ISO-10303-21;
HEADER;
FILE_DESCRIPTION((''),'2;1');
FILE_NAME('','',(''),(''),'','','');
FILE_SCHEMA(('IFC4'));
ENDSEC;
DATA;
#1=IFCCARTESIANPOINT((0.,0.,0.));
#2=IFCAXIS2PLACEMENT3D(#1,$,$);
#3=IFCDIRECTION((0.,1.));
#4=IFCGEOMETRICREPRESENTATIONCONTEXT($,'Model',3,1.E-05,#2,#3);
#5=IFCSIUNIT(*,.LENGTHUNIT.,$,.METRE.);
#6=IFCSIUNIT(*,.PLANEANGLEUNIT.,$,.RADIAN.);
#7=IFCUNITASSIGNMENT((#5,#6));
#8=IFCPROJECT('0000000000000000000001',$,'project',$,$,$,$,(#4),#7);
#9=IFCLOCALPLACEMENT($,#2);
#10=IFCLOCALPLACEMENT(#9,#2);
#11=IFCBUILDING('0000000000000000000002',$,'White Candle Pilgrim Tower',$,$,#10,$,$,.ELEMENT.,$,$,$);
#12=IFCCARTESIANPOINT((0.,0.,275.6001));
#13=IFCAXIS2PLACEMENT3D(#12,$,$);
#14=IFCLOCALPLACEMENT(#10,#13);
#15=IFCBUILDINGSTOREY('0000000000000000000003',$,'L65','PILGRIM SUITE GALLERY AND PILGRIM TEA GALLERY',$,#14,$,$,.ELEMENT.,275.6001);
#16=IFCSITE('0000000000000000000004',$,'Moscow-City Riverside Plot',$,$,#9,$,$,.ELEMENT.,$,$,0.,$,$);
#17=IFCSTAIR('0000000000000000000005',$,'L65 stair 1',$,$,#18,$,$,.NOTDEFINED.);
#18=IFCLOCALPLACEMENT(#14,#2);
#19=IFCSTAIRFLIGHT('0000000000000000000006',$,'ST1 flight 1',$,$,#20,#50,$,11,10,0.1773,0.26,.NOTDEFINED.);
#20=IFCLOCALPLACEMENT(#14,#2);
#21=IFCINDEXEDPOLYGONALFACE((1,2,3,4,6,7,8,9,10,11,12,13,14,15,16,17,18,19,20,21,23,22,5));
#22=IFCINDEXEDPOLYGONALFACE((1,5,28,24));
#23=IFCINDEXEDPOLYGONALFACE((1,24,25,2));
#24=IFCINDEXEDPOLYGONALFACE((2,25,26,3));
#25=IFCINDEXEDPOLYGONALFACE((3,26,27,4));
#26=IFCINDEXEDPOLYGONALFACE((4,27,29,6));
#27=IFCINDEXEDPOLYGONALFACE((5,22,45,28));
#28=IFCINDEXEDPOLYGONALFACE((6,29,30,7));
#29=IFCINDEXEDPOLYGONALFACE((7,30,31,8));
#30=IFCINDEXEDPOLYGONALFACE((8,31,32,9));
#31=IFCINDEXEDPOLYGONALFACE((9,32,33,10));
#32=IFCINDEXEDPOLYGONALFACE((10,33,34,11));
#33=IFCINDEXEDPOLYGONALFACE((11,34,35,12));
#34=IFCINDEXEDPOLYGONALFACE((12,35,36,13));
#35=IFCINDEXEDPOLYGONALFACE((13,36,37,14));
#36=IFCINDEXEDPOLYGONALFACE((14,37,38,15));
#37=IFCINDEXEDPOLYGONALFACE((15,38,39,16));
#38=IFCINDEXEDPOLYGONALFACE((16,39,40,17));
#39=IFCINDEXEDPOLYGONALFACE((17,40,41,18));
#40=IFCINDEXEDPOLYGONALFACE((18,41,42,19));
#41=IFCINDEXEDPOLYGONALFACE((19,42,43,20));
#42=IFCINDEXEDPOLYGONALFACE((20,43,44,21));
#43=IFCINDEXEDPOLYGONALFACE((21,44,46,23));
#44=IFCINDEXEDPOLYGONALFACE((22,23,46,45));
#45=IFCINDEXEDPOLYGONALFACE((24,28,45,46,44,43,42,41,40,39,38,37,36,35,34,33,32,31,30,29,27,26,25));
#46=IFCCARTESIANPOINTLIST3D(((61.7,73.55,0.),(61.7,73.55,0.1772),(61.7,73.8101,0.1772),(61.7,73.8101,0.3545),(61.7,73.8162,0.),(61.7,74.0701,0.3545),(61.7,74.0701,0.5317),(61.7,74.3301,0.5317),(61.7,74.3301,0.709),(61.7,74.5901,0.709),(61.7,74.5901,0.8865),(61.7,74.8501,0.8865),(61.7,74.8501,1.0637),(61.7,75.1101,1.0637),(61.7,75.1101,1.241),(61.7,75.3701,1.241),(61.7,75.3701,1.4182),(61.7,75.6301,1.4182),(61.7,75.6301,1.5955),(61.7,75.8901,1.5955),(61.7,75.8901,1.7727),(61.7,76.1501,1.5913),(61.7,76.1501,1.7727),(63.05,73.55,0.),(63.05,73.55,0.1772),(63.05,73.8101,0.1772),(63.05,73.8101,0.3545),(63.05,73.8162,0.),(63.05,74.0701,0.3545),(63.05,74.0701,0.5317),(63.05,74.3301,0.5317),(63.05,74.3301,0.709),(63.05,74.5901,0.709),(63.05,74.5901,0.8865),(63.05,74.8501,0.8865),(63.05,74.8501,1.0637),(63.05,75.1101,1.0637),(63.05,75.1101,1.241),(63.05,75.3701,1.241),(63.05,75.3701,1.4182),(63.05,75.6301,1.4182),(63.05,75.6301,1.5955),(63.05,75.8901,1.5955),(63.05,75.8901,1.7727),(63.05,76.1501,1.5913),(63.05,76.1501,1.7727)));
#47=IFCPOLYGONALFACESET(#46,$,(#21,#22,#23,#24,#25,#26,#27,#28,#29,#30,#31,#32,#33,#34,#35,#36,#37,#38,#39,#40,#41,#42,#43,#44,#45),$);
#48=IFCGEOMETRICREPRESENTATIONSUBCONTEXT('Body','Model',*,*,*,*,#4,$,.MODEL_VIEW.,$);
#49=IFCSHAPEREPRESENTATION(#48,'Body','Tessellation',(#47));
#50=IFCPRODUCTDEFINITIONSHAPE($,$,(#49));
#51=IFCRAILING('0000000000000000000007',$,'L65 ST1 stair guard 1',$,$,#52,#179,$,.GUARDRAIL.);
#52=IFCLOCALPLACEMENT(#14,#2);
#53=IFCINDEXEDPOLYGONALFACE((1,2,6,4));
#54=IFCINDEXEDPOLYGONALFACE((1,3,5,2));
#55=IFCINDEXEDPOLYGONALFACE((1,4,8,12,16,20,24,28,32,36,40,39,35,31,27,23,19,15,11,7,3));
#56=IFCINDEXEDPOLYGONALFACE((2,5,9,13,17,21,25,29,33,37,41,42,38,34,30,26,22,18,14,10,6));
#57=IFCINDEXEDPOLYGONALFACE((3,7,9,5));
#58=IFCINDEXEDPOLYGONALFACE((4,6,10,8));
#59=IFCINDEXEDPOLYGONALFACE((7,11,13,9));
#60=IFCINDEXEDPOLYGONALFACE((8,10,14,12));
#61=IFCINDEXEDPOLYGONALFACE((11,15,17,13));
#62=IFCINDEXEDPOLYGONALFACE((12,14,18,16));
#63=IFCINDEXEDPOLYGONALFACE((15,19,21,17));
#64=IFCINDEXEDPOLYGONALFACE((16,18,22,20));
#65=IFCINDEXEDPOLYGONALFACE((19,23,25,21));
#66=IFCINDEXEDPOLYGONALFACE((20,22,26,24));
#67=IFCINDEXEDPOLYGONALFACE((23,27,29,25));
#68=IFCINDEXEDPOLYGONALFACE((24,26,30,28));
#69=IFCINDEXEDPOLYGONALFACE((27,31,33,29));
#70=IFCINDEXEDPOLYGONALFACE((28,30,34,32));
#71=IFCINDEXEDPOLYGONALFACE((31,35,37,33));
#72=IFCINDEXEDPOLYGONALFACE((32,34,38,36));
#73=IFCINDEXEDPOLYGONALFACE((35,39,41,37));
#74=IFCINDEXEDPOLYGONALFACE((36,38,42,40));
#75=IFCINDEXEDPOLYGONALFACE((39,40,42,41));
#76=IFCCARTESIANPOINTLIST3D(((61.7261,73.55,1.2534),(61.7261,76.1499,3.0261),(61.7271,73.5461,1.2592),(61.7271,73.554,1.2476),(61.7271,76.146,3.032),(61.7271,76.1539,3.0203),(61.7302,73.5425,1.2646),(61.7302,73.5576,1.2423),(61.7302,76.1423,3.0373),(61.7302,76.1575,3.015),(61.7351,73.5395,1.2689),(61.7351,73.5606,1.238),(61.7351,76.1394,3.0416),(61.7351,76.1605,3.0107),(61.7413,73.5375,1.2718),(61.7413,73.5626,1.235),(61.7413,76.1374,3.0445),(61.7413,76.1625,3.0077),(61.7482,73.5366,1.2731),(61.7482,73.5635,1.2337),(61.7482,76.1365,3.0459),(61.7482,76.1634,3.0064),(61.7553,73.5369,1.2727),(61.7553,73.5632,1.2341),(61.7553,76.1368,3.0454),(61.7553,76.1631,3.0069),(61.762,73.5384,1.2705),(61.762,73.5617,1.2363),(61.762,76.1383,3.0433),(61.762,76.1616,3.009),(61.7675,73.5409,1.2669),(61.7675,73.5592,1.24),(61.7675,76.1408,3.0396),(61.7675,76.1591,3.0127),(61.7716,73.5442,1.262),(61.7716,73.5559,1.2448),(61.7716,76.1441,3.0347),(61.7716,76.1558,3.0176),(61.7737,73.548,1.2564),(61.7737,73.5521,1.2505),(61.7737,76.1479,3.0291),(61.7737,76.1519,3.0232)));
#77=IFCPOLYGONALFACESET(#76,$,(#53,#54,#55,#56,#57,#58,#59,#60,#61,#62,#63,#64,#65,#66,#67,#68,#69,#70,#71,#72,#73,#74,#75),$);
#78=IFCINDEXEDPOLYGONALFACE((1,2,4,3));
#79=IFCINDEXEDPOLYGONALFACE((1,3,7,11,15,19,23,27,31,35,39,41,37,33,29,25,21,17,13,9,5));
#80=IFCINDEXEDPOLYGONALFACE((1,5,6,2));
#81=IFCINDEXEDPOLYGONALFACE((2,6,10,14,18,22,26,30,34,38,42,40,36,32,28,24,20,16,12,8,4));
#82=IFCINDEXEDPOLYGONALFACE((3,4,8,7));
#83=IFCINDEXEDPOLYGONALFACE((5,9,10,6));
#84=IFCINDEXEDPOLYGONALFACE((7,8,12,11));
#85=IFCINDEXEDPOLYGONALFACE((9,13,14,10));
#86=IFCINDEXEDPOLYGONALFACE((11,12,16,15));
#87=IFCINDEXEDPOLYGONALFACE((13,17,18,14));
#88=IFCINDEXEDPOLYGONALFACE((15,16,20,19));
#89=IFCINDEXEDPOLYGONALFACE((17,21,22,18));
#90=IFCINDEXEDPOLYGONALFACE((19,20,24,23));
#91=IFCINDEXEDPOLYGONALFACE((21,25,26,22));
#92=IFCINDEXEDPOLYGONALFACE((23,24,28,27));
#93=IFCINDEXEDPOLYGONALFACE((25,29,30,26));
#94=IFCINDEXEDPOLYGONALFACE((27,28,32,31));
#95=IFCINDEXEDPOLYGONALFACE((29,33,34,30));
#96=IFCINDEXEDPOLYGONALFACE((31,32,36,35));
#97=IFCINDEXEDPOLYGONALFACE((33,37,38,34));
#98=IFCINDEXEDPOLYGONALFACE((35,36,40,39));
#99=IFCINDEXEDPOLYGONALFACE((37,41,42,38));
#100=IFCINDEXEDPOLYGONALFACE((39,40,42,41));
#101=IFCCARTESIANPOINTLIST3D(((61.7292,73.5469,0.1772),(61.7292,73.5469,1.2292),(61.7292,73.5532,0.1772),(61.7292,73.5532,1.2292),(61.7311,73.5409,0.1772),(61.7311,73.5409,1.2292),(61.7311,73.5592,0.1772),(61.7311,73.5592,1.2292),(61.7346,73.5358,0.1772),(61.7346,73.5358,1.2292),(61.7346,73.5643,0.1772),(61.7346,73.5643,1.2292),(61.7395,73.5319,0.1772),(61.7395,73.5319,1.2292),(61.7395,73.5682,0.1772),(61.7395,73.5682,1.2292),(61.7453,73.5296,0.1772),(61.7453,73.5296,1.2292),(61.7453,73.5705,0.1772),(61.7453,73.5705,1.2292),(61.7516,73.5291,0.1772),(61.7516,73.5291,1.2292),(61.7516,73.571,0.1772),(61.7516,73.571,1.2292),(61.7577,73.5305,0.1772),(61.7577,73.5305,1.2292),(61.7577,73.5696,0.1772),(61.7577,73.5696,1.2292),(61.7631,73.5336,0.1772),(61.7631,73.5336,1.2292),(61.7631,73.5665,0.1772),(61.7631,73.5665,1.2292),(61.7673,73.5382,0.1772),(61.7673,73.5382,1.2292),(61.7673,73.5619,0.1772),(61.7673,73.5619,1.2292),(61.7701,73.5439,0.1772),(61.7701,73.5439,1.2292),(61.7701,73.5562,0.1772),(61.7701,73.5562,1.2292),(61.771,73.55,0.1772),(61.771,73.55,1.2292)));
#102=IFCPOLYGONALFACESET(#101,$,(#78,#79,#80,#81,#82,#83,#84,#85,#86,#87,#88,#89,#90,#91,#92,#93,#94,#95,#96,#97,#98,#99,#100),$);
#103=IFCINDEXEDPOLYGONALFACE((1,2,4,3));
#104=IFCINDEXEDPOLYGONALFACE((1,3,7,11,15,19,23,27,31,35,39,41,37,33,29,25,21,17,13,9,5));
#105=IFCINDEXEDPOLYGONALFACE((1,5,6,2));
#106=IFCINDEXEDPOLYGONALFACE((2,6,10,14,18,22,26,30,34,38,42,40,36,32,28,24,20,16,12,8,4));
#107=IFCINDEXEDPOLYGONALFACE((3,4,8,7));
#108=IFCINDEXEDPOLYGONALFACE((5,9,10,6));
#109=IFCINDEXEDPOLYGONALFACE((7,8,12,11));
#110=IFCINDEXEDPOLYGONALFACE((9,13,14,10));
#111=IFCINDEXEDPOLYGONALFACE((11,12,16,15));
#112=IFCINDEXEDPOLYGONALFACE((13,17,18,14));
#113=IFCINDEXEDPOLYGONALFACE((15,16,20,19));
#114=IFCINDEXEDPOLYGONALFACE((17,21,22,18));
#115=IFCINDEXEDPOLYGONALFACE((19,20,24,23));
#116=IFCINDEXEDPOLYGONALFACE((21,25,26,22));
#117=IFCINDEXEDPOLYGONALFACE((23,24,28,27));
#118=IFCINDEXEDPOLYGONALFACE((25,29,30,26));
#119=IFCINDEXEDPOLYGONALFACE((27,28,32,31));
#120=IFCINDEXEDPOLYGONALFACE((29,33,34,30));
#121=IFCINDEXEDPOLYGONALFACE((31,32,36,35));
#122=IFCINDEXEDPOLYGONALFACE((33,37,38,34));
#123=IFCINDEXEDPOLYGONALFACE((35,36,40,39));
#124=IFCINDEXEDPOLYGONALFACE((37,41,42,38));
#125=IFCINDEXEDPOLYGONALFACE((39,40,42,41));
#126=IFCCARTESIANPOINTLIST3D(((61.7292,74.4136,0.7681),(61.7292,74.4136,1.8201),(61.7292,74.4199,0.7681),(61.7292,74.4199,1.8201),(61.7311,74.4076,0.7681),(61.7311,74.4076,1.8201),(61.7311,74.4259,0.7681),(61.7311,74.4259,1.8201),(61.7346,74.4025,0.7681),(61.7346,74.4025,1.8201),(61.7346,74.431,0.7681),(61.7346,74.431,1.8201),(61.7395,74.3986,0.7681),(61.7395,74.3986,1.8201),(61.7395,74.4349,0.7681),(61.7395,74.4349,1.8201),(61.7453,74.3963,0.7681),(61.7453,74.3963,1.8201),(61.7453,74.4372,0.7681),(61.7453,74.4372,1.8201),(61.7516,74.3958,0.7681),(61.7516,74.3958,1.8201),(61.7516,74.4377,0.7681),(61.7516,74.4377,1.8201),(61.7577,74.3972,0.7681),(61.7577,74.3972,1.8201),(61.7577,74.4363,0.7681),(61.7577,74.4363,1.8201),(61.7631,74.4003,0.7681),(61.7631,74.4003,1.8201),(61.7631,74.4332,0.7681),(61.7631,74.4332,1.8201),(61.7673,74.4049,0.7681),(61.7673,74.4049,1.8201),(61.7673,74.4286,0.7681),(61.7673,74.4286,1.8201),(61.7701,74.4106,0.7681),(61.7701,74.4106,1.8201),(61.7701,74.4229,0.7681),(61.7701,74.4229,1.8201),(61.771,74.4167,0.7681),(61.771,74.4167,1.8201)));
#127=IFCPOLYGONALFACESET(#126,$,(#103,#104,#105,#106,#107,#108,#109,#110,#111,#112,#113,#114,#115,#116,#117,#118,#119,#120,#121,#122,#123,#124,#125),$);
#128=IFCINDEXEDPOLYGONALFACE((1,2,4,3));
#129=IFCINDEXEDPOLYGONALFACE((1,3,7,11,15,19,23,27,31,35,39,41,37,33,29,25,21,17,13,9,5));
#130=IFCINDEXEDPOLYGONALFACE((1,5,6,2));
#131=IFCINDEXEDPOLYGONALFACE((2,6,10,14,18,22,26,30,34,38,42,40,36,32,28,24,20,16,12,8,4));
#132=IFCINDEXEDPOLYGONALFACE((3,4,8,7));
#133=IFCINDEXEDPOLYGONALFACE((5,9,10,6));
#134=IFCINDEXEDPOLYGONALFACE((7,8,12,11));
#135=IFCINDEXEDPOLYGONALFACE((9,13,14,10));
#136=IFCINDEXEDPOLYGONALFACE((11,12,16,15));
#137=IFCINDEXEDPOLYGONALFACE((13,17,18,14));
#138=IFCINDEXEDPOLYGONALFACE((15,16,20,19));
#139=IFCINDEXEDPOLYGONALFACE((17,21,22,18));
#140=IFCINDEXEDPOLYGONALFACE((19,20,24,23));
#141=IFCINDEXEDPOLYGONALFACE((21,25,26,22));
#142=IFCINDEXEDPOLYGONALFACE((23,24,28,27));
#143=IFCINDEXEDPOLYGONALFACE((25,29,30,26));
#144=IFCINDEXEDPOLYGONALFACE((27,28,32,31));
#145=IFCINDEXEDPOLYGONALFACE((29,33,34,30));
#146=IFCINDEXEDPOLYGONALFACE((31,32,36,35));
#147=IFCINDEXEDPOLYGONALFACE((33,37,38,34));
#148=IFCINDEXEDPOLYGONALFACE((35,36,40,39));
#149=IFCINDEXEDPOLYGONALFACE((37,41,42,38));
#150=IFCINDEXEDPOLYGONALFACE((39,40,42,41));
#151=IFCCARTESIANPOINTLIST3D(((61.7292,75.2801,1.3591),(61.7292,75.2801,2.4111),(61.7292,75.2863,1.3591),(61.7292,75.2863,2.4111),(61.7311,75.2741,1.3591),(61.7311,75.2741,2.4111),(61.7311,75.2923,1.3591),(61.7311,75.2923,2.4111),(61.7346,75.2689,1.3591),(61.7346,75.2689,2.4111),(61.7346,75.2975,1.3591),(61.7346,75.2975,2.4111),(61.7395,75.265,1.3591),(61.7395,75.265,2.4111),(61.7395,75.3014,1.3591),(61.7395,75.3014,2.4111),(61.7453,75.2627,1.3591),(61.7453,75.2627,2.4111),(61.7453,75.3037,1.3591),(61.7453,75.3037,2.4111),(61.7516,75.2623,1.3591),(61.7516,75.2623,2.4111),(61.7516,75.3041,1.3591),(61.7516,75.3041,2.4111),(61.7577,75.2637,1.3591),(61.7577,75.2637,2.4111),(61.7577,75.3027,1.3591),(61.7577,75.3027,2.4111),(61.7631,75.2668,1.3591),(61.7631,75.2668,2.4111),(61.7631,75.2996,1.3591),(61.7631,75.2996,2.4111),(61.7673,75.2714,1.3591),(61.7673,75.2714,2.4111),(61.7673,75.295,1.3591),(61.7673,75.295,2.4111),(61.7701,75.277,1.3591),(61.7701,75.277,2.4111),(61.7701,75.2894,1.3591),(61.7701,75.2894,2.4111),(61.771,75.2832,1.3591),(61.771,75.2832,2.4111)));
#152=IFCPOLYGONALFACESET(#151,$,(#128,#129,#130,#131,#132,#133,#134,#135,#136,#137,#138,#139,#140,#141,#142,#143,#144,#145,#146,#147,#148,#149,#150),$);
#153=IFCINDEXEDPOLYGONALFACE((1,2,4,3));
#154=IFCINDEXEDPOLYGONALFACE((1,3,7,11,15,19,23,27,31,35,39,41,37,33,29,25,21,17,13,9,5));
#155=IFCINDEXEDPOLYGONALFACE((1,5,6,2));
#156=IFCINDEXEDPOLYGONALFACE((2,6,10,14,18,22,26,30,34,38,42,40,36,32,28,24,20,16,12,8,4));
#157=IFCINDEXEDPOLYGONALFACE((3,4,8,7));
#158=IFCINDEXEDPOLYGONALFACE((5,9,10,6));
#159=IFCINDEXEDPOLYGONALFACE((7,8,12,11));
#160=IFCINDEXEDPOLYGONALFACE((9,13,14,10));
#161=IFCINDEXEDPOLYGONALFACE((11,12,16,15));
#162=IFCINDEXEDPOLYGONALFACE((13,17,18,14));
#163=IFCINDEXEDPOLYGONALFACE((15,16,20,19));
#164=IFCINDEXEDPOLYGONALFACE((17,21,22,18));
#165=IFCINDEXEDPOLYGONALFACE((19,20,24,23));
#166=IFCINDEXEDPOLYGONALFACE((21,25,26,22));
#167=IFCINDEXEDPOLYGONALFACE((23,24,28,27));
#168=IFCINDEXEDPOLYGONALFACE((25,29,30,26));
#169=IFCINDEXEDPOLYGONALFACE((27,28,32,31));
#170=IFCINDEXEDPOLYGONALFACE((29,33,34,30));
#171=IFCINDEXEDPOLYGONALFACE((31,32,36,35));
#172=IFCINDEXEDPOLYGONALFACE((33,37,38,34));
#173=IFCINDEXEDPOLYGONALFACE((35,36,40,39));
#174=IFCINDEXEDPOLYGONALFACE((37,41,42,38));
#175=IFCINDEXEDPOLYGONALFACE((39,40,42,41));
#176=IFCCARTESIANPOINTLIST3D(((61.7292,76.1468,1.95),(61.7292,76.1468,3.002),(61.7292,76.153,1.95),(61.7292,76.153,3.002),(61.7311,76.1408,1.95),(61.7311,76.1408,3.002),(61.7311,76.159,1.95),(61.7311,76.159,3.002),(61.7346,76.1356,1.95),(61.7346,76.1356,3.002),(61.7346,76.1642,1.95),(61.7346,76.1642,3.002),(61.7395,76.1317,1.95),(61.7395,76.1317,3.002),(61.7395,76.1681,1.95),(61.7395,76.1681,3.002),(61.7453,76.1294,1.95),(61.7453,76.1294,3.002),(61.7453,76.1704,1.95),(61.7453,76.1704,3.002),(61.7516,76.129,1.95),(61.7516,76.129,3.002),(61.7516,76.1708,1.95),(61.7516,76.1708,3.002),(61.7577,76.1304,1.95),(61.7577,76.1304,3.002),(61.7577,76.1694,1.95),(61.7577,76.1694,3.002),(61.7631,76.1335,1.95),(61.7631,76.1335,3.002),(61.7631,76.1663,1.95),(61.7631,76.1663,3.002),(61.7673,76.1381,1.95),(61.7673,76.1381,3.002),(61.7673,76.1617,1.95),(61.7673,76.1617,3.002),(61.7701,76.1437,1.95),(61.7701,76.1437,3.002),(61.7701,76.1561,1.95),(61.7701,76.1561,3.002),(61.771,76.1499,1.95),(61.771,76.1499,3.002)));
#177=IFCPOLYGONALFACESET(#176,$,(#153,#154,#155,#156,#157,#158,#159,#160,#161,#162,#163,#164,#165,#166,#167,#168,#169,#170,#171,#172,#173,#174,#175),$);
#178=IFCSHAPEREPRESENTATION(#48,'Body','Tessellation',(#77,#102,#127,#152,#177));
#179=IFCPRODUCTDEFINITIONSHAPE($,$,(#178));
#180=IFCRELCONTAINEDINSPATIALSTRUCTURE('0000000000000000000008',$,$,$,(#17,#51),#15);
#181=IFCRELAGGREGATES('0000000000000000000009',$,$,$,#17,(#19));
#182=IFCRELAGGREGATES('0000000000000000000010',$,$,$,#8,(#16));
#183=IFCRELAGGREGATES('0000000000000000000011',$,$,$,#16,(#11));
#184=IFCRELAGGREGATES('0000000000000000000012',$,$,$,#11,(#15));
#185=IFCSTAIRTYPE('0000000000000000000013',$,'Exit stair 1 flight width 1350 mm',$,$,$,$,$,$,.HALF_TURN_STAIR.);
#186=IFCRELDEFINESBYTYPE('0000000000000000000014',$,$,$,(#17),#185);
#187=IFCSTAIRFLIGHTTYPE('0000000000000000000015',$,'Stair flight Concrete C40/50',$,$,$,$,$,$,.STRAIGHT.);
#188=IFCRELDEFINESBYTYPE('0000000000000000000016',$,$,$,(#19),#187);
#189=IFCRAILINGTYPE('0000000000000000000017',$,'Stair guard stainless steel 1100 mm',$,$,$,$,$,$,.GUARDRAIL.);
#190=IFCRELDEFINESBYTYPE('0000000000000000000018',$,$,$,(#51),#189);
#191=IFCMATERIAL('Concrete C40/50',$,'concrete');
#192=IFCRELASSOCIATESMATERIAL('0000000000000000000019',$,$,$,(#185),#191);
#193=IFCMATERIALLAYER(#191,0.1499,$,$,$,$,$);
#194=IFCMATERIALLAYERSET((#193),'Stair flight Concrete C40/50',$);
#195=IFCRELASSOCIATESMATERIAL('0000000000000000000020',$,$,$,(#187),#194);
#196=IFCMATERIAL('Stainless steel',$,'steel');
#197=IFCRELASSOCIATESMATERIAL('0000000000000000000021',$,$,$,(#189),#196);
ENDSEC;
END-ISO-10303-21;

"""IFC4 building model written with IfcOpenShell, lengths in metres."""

from ifc_helpers import new_model, si_unit, direction, frame, origin, origin_2d, place, context, subcontext, project, spatial, polyline, circle, outline, extrude, material, layer, layer_set, type_object, element, aggregate, save


model = new_model("IFC4")

# Units and contexts
model_context = context("Model", 3, precision=1e-05, world=origin(), true_north=direction((0.0, 1.0)))
body_context = subcontext(model_context, "Body", "Model", "MODEL_VIEW")
ifc_project = project(units=[si_unit("LENGTHUNIT", "METRE"), si_unit("PLANEANGLEUNIT", "RADIAN")], contexts=[model_context])

# Site, building, storey
site_placement = place(None, origin())
site = spatial("IfcSite", under=ifc_project, at=site_placement, Name="Moscow-City Riverside Plot", CompositionType="ELEMENT", RefElevation=0.0)
building_placement = place(site_placement, origin())
building = spatial("IfcBuilding", under=site, at=building_placement, Name="White Candle Pilgrim Tower", CompositionType="ELEMENT")
storey_placement = place(building_placement, frame((0.0, 0.0, 275.6001)))
storey = spatial("IfcBuildingStorey", under=building, at=storey_placement, Name="L65", Description="PILGRIM SUITE GALLERY AND PILGRIM TEA GALLERY", CompositionType="ELEMENT", Elevation=275.6001)

# Stair, stair flight
ifc_material_1 = material(Name="Concrete C40/50", Category="concrete")
stair_type = type_object("IfcStairType", Name="Exit stair 1 flight width 1350 mm", PredefinedType="HALF_TURN_STAIR", material=ifc_material_1)
stair_placement = place(storey_placement, origin())
stair = element("IfcStair", 1, at=stair_placement, inside=storey, type_object=stair_type, Name="L65 stair 1", PredefinedType="NOTDEFINED")
ifc_layer_1 = layer(ifc_material_1, 0.1499)
ifc_layer_set_1 = layer_set([ifc_layer_1], Name="Stair flight Concrete C40/50")
stair_flight_type = type_object("IfcStairFlightType", Name="Stair flight Concrete C40/50", PredefinedType="STRAIGHT", material=ifc_layer_set_1)
stair_flight_placement = place(storey_placement, frame((62.375, 73.55, 0.0), z_axis=(0.0, 0.0, 1.0), x_axis=(0.0, 1.0, 0.0)))
stair_flight = element("IfcStairFlight", 2, at=stair_flight_placement, type_object=stair_flight_type, Name="ST1 flight 1", NumberOfRisers=11, NumberOfTreads=10, PredefinedType="NOTDEFINED", RiserHeight=0.1773, TreadLength=0.26, context=body_context, shape_type="SweptSolid", body=[
    extrude(outline(polyline([(0.0, 0.0), (0.0, 0.1772), (0.26, 0.1772), (0.26, 0.3545), (0.52, 0.3545), (0.52, 0.5317), (0.78, 0.5317), (0.78, 0.709), (1.04, 0.709), (1.04, 0.8865), (1.3, 0.8865), (1.3, 1.0637), (1.5601, 1.0637), (1.5601, 1.241), (1.8201, 1.241), (1.8201, 1.4182), (2.0801, 1.4182), (2.0801, 1.5955), (2.3401, 1.5955), (2.3401, 1.7727), (2.6001, 1.7727), (2.6001, 1.95), (2.6001, 1.5913), (0.2661, 0.0), (0.0, 0.0)])), frame((0.0, 0.675, 0.0), z_axis=(0.0, -1.0, 0.0), x_axis=(1.0, 0.0, 0.0)), (0.0, 0.0, 1.0), 1.3501),
])
aggregate(stair, [stair_flight])

# Railing
ifc_material_2 = material(Name="Stainless steel", Category="steel")
railing_type_1 = type_object("IfcRailingType", Name="Stair guard stainless steel 1100 mm", PredefinedType="GUARDRAIL", material=ifc_material_2)
railing_1_placement = place(storey_placement, frame((61.75, 73.55, 0.1772)))
element("IfcRailing", 3, at=railing_1_placement, inside=storey, type_object=railing_type_1, Name="L65 ST1 stair guard 1", PredefinedType="GUARDRAIL", context=body_context, shape_type="SweptSolid", body=[
    extrude(circle(Radius=0.0239, at=origin_2d()), frame((0.0, 0.0, 1.0762), z_axis=(0.0, 0.826216, 0.563354), x_axis=(-1.0, 0.0, 0.0)), (0.0, 0.0, 1.0), 3.1467),
    extrude(circle(Radius=0.021, at=origin_2d()), origin(), (0.0, 0.0, 1.0), 1.052),
    extrude(circle(Radius=0.021, at=origin_2d()), frame((0.0, 0.8667, 0.5908)), (0.0, 0.0, 1.0), 1.052),
    extrude(circle(Radius=0.021, at=origin_2d()), frame((0.0, 1.7332, 1.1819)), (0.0, 0.0, 1.0), 1.052),
    extrude(circle(Radius=0.021, at=origin_2d()), frame((0.0, 2.5999, 1.7727)), (0.0, 0.0, 1.0), 1.052),
])

save(model, "model.ifc")
